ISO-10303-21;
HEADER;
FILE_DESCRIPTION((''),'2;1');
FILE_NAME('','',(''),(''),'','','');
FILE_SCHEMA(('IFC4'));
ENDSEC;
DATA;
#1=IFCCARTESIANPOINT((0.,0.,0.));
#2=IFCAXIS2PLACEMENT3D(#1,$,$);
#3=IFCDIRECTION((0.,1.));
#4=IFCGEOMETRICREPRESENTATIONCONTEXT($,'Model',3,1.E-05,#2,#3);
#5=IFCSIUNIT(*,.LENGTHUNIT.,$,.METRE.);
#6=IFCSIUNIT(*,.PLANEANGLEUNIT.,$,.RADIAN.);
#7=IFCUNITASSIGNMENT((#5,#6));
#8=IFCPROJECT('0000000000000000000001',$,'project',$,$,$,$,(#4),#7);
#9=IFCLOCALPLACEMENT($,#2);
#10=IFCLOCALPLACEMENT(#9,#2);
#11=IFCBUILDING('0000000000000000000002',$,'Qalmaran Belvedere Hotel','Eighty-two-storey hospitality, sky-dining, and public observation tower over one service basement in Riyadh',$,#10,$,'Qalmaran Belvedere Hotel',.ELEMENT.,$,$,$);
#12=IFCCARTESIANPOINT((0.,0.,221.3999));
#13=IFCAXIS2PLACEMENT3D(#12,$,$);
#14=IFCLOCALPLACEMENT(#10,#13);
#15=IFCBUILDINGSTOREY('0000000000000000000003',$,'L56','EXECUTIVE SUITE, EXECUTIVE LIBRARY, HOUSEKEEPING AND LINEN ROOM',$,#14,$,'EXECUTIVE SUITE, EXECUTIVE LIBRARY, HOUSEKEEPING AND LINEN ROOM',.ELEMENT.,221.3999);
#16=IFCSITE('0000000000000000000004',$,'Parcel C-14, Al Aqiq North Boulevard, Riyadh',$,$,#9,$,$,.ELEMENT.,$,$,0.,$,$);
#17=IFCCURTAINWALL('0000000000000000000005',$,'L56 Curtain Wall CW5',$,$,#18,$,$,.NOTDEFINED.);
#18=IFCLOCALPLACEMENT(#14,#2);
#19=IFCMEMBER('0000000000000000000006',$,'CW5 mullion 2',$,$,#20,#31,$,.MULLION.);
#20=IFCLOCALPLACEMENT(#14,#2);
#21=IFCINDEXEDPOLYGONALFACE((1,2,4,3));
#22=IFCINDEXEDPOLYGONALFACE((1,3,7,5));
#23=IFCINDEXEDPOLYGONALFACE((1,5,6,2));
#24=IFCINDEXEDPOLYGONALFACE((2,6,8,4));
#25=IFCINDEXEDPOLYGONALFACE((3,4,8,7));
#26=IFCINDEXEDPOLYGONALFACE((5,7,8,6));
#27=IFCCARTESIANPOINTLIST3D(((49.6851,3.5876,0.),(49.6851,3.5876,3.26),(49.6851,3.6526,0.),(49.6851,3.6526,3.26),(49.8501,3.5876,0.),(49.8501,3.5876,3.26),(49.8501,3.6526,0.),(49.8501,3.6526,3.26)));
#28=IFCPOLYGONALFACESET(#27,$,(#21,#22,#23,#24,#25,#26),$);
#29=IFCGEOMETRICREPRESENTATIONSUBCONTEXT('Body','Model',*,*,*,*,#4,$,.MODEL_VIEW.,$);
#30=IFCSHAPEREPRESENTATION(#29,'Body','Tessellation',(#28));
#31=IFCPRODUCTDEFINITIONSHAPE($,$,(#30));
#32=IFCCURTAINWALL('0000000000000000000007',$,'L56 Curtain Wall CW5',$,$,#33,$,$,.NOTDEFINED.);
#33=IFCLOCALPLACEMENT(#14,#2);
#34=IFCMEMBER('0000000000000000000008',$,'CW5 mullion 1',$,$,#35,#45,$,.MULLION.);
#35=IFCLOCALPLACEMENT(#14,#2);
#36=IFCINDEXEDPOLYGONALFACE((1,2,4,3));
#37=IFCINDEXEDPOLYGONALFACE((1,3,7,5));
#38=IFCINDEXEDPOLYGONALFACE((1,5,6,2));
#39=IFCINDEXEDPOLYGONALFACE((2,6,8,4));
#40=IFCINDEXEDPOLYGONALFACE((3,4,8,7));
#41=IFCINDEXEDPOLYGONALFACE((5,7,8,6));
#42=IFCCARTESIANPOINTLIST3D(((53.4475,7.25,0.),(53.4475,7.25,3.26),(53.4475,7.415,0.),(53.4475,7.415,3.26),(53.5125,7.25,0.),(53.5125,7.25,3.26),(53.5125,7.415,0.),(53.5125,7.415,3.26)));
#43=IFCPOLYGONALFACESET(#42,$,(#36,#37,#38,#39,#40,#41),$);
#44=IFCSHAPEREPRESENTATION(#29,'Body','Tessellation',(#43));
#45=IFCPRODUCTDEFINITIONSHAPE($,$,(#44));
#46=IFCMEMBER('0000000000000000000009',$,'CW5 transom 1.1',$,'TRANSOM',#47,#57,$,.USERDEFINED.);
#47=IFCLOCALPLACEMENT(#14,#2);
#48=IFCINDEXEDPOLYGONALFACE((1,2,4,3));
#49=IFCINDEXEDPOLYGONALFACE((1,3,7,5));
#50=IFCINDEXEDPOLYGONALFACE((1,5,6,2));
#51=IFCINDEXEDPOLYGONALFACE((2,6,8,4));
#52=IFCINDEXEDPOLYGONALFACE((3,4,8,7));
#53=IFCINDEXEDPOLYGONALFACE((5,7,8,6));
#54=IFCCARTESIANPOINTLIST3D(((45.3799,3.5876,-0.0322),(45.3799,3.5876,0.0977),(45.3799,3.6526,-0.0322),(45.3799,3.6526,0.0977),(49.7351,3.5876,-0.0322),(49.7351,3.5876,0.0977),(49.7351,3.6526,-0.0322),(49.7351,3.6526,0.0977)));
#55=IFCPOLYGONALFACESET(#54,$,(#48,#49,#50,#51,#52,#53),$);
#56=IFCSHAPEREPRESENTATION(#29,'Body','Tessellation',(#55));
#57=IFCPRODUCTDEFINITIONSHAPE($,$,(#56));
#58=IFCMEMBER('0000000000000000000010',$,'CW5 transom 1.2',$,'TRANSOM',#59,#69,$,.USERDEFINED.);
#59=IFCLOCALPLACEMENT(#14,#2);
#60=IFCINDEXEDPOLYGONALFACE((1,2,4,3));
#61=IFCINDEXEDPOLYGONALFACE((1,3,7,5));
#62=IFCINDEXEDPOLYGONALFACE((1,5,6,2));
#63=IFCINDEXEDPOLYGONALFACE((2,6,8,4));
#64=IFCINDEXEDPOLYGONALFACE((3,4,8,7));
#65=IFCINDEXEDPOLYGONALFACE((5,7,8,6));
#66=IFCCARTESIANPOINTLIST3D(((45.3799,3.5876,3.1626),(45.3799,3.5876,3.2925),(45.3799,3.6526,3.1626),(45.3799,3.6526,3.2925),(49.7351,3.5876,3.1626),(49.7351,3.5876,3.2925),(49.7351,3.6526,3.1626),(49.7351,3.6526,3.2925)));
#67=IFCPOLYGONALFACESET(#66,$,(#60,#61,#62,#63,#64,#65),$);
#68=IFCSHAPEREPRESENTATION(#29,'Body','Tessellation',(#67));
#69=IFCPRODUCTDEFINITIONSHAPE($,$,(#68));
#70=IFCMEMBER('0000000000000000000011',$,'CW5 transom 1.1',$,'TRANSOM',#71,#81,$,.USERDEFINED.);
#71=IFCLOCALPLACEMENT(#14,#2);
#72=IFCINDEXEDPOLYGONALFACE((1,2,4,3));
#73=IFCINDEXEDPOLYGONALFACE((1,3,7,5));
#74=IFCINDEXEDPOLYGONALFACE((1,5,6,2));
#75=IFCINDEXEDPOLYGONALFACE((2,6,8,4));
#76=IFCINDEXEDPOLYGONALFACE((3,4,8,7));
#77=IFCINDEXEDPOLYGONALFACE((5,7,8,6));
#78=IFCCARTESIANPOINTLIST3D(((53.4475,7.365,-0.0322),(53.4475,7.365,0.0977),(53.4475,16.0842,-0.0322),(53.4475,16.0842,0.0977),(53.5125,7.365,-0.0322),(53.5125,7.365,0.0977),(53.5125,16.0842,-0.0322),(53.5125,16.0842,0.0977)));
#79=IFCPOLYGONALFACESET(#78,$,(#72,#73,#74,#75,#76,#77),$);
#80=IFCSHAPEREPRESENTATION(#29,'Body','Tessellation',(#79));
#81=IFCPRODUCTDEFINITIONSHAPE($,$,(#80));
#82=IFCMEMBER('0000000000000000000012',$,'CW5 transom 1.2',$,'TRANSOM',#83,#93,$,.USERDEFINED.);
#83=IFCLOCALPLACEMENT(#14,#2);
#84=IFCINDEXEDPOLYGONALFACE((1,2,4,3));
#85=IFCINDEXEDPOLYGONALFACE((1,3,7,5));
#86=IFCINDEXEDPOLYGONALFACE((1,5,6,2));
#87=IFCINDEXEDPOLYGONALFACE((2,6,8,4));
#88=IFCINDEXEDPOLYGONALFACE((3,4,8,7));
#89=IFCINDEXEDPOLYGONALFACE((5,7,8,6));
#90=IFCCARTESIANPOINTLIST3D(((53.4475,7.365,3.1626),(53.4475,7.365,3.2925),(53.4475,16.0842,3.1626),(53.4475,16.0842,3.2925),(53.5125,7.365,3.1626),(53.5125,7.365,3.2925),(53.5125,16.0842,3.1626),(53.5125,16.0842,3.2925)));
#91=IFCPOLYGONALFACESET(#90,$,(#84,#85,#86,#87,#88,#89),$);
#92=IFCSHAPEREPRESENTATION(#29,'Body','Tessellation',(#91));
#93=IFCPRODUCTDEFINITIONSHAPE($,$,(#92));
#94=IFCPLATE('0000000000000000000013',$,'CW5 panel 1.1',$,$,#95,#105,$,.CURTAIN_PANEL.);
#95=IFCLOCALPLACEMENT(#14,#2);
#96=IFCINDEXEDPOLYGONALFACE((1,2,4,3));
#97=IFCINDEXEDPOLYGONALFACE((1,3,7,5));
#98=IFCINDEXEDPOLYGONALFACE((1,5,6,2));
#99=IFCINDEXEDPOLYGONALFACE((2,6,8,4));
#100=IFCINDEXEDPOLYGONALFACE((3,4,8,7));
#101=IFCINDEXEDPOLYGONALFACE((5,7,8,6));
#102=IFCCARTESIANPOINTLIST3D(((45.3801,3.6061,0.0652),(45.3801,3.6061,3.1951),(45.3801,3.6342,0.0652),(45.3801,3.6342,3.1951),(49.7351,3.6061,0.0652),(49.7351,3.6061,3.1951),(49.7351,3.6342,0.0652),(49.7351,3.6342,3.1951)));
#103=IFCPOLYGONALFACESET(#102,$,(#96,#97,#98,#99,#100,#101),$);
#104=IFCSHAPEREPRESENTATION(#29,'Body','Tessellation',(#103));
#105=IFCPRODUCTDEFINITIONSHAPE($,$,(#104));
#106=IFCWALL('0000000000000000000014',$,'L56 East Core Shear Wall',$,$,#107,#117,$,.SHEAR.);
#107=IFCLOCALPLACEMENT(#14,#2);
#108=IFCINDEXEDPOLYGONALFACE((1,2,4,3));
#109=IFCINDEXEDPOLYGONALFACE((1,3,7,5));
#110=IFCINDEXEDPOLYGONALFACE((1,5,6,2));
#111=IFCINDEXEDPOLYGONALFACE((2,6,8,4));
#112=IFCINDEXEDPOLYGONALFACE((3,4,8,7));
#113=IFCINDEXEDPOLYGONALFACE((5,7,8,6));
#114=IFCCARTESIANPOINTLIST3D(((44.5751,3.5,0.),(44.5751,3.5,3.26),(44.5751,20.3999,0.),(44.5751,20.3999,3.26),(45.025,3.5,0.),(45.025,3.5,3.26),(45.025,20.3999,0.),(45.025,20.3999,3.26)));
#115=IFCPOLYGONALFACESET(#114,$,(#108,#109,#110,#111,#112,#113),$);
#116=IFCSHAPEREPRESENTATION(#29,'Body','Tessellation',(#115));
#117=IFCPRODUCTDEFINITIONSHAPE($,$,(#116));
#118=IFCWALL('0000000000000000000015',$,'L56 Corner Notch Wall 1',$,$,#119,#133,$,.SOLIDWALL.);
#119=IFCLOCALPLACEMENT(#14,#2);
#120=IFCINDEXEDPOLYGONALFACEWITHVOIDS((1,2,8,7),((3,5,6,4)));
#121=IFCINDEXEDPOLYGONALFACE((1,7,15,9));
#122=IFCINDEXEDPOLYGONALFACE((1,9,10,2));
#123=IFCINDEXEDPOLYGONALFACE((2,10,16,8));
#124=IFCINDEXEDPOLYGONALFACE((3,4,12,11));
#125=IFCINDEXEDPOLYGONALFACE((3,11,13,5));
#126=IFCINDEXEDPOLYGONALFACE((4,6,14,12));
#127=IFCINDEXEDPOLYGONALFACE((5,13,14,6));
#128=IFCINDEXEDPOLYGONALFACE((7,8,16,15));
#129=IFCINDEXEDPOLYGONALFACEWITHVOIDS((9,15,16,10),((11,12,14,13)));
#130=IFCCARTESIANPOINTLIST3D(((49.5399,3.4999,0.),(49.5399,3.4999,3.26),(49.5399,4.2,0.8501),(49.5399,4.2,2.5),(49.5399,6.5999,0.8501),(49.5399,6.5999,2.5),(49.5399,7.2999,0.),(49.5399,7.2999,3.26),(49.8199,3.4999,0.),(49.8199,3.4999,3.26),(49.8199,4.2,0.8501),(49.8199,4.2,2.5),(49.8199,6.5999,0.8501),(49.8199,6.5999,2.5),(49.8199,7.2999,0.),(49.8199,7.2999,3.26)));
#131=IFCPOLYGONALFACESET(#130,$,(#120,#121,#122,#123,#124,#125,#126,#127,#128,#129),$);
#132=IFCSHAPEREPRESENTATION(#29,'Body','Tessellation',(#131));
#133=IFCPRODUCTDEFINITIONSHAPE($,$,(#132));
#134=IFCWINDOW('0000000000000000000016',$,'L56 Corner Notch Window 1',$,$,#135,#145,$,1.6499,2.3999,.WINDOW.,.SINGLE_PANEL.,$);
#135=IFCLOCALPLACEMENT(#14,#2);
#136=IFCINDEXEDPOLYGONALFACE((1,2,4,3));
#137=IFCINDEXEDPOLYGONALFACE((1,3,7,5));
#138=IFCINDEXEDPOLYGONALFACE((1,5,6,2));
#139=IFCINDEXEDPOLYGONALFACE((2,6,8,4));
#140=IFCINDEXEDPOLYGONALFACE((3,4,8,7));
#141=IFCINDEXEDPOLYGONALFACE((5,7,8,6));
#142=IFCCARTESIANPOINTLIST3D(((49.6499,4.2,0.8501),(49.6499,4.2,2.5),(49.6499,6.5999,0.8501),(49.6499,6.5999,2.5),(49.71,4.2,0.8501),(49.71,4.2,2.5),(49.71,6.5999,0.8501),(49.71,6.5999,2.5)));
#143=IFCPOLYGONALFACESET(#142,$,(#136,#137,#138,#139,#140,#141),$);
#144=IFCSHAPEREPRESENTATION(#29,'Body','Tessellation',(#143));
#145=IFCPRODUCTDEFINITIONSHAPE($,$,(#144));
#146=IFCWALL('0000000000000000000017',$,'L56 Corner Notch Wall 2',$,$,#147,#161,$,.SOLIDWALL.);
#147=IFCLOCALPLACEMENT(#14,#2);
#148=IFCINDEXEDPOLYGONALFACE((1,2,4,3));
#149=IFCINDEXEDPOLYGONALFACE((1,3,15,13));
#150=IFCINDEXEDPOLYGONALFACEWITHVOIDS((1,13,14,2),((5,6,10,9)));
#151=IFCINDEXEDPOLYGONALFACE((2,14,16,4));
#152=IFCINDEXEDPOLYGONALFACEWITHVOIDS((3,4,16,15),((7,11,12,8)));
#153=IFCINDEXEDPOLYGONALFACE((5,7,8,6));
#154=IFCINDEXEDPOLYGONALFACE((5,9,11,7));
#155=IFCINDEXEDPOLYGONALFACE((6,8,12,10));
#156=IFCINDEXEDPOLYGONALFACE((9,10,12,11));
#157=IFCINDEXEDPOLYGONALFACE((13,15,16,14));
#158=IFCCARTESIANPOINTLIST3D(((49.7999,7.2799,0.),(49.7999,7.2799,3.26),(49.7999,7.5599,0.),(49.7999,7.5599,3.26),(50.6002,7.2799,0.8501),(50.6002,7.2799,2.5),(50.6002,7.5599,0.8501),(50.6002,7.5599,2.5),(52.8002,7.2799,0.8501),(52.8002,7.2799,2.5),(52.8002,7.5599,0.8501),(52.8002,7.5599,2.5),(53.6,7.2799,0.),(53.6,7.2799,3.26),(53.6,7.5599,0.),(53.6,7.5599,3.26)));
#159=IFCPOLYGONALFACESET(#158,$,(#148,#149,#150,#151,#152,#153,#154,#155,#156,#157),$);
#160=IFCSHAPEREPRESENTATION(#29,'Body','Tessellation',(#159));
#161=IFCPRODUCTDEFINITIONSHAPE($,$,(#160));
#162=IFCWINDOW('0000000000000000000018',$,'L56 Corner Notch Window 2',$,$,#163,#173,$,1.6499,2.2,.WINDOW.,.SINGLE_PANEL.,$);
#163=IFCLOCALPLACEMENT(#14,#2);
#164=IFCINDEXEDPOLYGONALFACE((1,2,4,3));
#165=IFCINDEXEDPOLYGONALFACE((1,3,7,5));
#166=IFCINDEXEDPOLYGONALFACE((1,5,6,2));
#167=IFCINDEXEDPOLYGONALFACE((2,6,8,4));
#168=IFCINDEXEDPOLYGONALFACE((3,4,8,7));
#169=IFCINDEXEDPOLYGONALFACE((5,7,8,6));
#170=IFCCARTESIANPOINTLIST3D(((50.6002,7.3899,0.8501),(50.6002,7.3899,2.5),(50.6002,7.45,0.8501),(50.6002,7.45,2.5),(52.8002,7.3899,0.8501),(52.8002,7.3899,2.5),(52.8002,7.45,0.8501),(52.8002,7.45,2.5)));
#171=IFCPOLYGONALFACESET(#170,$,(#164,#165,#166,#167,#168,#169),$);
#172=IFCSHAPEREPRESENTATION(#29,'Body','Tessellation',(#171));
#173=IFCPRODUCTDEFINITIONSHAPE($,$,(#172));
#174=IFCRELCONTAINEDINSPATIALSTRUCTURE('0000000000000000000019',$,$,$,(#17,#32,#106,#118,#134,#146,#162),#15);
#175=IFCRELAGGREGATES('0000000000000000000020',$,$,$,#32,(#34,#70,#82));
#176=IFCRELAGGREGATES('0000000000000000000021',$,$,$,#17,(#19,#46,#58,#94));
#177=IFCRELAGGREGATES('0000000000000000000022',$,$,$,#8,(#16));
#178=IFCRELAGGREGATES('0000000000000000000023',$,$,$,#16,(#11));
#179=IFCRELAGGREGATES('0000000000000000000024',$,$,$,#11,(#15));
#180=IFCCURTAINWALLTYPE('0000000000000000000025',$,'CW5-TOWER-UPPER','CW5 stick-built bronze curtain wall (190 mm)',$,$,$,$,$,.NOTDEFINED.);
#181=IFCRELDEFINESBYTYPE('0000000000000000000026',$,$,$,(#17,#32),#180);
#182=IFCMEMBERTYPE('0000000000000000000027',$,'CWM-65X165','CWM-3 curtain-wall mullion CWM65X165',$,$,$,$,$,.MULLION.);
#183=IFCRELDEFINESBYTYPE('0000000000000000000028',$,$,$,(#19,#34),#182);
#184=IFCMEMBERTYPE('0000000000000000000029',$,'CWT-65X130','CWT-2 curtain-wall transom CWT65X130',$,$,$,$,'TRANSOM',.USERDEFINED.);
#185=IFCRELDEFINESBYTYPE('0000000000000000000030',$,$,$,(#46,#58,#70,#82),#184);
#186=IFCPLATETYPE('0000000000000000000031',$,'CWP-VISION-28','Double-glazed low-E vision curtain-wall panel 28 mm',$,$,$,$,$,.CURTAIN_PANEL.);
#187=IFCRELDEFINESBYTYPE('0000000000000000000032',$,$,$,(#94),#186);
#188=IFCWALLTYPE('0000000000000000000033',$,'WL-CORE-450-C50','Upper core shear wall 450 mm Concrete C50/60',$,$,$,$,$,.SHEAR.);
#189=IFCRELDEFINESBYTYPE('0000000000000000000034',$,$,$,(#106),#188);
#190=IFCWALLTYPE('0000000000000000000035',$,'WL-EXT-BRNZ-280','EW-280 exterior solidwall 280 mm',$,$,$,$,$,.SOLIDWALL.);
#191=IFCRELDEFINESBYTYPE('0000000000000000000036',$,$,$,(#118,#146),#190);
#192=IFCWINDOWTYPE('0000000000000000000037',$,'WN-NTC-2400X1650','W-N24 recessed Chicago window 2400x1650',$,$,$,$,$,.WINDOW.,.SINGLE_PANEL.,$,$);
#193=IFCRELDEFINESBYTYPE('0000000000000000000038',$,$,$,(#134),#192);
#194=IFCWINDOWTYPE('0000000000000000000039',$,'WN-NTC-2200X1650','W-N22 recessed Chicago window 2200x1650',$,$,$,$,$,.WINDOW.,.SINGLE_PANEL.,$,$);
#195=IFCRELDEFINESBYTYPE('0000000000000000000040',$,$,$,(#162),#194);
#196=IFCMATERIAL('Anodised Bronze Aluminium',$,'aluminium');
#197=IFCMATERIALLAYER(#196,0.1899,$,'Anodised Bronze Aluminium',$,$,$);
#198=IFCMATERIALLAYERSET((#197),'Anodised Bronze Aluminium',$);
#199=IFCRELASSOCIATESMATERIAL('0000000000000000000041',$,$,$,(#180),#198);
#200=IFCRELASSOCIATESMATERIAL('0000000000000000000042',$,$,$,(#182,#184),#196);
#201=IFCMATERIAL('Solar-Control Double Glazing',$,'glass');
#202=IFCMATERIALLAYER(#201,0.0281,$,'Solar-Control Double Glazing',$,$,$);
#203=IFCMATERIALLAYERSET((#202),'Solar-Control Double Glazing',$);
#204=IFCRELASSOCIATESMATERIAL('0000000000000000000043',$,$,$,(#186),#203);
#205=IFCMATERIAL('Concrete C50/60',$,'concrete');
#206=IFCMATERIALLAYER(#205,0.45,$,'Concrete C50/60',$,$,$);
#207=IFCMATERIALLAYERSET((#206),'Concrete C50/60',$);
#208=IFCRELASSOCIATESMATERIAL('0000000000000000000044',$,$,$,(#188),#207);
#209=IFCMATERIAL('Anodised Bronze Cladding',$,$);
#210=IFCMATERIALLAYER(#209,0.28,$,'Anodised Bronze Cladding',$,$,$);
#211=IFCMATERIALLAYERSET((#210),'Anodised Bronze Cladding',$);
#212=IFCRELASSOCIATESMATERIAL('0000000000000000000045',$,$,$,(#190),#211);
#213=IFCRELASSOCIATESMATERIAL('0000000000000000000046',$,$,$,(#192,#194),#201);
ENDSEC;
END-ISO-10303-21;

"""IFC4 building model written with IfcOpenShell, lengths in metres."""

from ifc_helpers import new_model, si_unit, direction, frame, frame_2d, origin, origin_2d, place, context, subcontext, project, spatial, rectangle, extrude, material, layer, layer_set, material_profile, profile_set, type_object, element, fill, aggregate, save


model = new_model("IFC4")

# Units and contexts
model_context = context("Model", 3, precision=1e-05, world=origin(), true_north=direction((0.0, 1.0)))
body_context = subcontext(model_context, "Body", "Model", "MODEL_VIEW")
ifc_project = project(units=[si_unit("LENGTHUNIT", "METRE"), si_unit("PLANEANGLEUNIT", "RADIAN")], contexts=[model_context])

# Site, building, storey
site_placement = place(None, origin())
site = spatial("IfcSite", under=ifc_project, at=site_placement, Name="Parcel C-14, Al Aqiq North Boulevard, Riyadh", CompositionType="ELEMENT", RefElevation=0.0)
building_placement = place(site_placement, origin())
building = spatial("IfcBuilding", under=site, at=building_placement, Name="Qalmaran Belvedere Hotel", Description="Eighty-two-storey hospitality, sky-dining, and public observation tower over one service basement in Riyadh", LongName="Qalmaran Belvedere Hotel", CompositionType="ELEMENT")
storey_placement = place(building_placement, frame((0.0, 0.0, 221.3999)))
storey = spatial("IfcBuildingStorey", under=building, at=storey_placement, Name="L56", Description="EXECUTIVE SUITE, EXECUTIVE LIBRARY, HOUSEKEEPING AND LINEN ROOM", LongName="EXECUTIVE SUITE, EXECUTIVE LIBRARY, HOUSEKEEPING AND LINEN ROOM", CompositionType="ELEMENT", Elevation=221.3999)

# Shared definitions
ifc_material_1 = material(Name="Concrete C50/60", Category="concrete")

# Curtain wall, member
ifc_material_2 = material(Name="Anodised Bronze Aluminium", Category="aluminium")
ifc_layer_1 = layer(ifc_material_2, 0.1899, Name="Anodised Bronze Aluminium")
ifc_layer_set_1 = layer_set([ifc_layer_1], Name="Anodised Bronze Aluminium")
curtain_wall_type = type_object("IfcCurtainWallType", Name="CW5-TOWER-UPPER", Description="CW5 stick-built bronze curtain wall (190 mm)", PredefinedType="NOTDEFINED", material=ifc_layer_set_1)
curtain_wall_1_placement = place(storey_placement, origin())
curtain_wall_1 = element("IfcCurtainWall", 1, at=curtain_wall_1_placement, inside=storey, type_object=curtain_wall_type, Name="L56 Curtain Wall CW5", PredefinedType="NOTDEFINED")
ifc_material_profile_1 = material_profile(ifc_material_2, rectangle(XDim=0.0649, YDim=0.165, at=origin_2d()), Name="CWM65X165")
ifc_profile_set_1 = profile_set([ifc_material_profile_1], Name="Anodised Bronze Aluminium")
member_type_1 = type_object("IfcMemberType", Name="CWM-65X165", Description="CWM-3 curtain-wall mullion CWM65X165", PredefinedType="MULLION", material=ifc_profile_set_1)
member_1_placement = place(storey_placement, frame((49.7676, 3.6201, 0.0), z_axis=(0.0, 0.0, 1.0), x_axis=(0.0, 1.0, 0.0)))
member_1 = element("IfcMember", 2, at=member_1_placement, type_object=member_type_1, Name="CW5 mullion 2", PredefinedType="MULLION", context=body_context, shape_type="SweptSolid", body=[
    extrude(rectangle(XDim=0.0649, YDim=0.165, at=origin_2d()), origin(), (0.0, 0.0, 1.0), 3.26),
])

# Curtain wall, member
curtain_wall_2_placement = place(storey_placement, origin())
curtain_wall_2 = element("IfcCurtainWall", 3, at=curtain_wall_2_placement, inside=storey, type_object=curtain_wall_type, Name="L56 Curtain Wall CW5", PredefinedType="NOTDEFINED")
member_2_placement = place(storey_placement, frame((53.48, 7.3325, 0.0), z_axis=(0.0, 0.0, 1.0), x_axis=(-1.0, 0.0, 0.0)))
member_2 = element("IfcMember", 4, at=member_2_placement, type_object=member_type_1, Name="CW5 mullion 1", PredefinedType="MULLION", context=body_context, shape_type="SweptSolid", body=[
    extrude(rectangle(XDim=0.0649, YDim=0.165, at=origin_2d()), origin(), (0.0, 0.0, 1.0), 3.26),
])

# Members
ifc_material_profile_2 = material_profile(ifc_material_2, rectangle(XDim=0.0649, YDim=0.1299, at=origin_2d()), Name="CWT65X130")
ifc_profile_set_2 = profile_set([ifc_material_profile_2], Name="Anodised Bronze Aluminium")
member_type_2 = type_object("IfcMemberType", Name="CWT-65X130", Description="CWT-2 curtain-wall transom CWT65X130", ElementType="TRANSOM", PredefinedType="USERDEFINED", material=ifc_profile_set_2)
member_3_placement = place(storey_placement, frame((45.3799, 3.6201, 0.0327), z_axis=(1.0, 0.0, 0.0), x_axis=(0.0, 1.0, 0.0)))
member_3 = element("IfcMember", 5, at=member_3_placement, type_object=member_type_2, Name="CW5 transom 1.1", ObjectType="TRANSOM", PredefinedType="USERDEFINED", context=body_context, shape_type="SweptSolid", body=[
    extrude(rectangle(XDim=0.0649, YDim=0.1299, at=origin_2d()), origin(), (0.0, 0.0, 1.0), 4.3552),
])
member_4_placement = place(storey_placement, frame((45.3799, 3.6201, 3.2275), z_axis=(1.0, 0.0, 0.0), x_axis=(0.0, 1.0, 0.0)))
member_4 = element("IfcMember", 6, at=member_4_placement, type_object=member_type_2, Name="CW5 transom 1.2", ObjectType="TRANSOM", PredefinedType="USERDEFINED", context=body_context, shape_type="SweptSolid", body=[
    extrude(rectangle(XDim=0.0649, YDim=0.1299, at=origin_2d()), origin(), (0.0, 0.0, 1.0), 4.3552),
])
member_5_placement = place(storey_placement, frame((53.48, 7.365, 0.0327), z_axis=(0.0, 1.0, 0.0), x_axis=(-1.0, 0.0, 0.0)))
member_5 = element("IfcMember", 7, at=member_5_placement, type_object=member_type_2, Name="CW5 transom 1.1", ObjectType="TRANSOM", PredefinedType="USERDEFINED", context=body_context, shape_type="SweptSolid", body=[
    extrude(rectangle(XDim=0.0649, YDim=0.1299, at=origin_2d()), origin(), (0.0, 0.0, 1.0), 8.7192),
])
member_6_placement = place(storey_placement, frame((53.48, 7.365, 3.2275), z_axis=(0.0, 1.0, 0.0), x_axis=(-1.0, 0.0, 0.0)))
member_6 = element("IfcMember", 8, at=member_6_placement, type_object=member_type_2, Name="CW5 transom 1.2", ObjectType="TRANSOM", PredefinedType="USERDEFINED", context=body_context, shape_type="SweptSolid", body=[
    extrude(rectangle(XDim=0.0649, YDim=0.1299, at=origin_2d()), origin(), (0.0, 0.0, 1.0), 8.7192),
])
aggregate(curtain_wall_2, [member_2, member_5, member_6])

# Plate
ifc_material_3 = material(Name="Solar-Control Double Glazing", Category="glass")
ifc_layer_2 = layer(ifc_material_3, 0.0281, Name="Solar-Control Double Glazing")
ifc_layer_set_2 = layer_set([ifc_layer_2], Name="Solar-Control Double Glazing")
plate_type = type_object("IfcPlateType", Name="CWP-VISION-28", Description="Double-glazed low-E vision curtain-wall panel 28 mm", PredefinedType="CURTAIN_PANEL", material=ifc_layer_set_2)
plate_placement = place(storey_placement, frame((47.5576, 3.6201, 0.0652), z_axis=(0.0, 0.0, 1.0), x_axis=(1.0, 0.0, 0.0)))
plate = element("IfcPlate", 9, at=plate_placement, type_object=plate_type, Name="CW5 panel 1.1", PredefinedType="CURTAIN_PANEL", context=body_context, shape_type="SweptSolid", body=[
    extrude(rectangle(XDim=4.355, YDim=0.0281, at=origin_2d()), origin(), (0.0, 0.0, 1.0), 3.1299),
])
aggregate(curtain_wall_1, [member_1, member_3, member_4, plate])

# Wall
ifc_layer_3 = layer(ifc_material_1, 0.45, Name="Concrete C50/60")
ifc_layer_set_3 = layer_set([ifc_layer_3], Name="Concrete C50/60")
wall_type_1 = type_object("IfcWallType", Name="WL-CORE-450-C50", Description="Upper core shear wall 450 mm Concrete C50/60", PredefinedType="SHEAR", material=ifc_layer_set_3)
wall_1_placement = place(storey_placement, frame((44.8, 3.5, 0.0), z_axis=(0.0, 0.0, 1.0), x_axis=(0.0, 1.0, 0.0)))
element("IfcWall", 10, at=wall_1_placement, inside=storey, type_object=wall_type_1, Name="L56 East Core Shear Wall", PredefinedType="SHEAR", context=body_context, shape_type="SweptSolid", body=[
    extrude(rectangle(XDim=16.8999, YDim=0.45, at=frame_2d((8.45, 0.0))), origin(), (0.0, 0.0, 1.0), 3.26),
])

# Walls, openings, windows
ifc_material_4 = material(Name="Anodised Bronze Cladding")
ifc_layer_4 = layer(ifc_material_4, 0.28, Name="Anodised Bronze Cladding")
ifc_layer_set_4 = layer_set([ifc_layer_4], Name="Anodised Bronze Cladding")
wall_type_2 = type_object("IfcWallType", Name="WL-EXT-BRNZ-280", Description="EW-280 exterior solidwall 280 mm", PredefinedType="SOLIDWALL", material=ifc_layer_set_4)
wall_2_placement = place(storey_placement, frame((49.6799, 3.5, 0.0), z_axis=(0.0, 0.0, 1.0), x_axis=(0.0, 1.0, 0.0)))
wall_2 = element("IfcWall", 11, at=wall_2_placement, inside=storey, type_object=wall_type_2, Name="L56 Corner Notch Wall 1", PredefinedType="SOLIDWALL", context=body_context, shape_type="SweptSolid", body=[
    extrude(rectangle(XDim=3.8, YDim=0.28, at=frame_2d((1.8999, 0.0))), origin(), (0.0, 0.0, 1.0), 3.26),
])
opening_1_placement = place(wall_2_placement, frame((0.7, 0.0, 0.8501)))
opening_1 = element("IfcOpeningElement", 12, at=opening_1_placement, cuts=wall_2, PredefinedType="OPENING", context=body_context, shape_type="SweptSolid", body=[
    extrude(rectangle(XDim=2.3999, YDim=1.6499, at=frame_2d((1.2, 0.825))), frame((0.0, 0.1499, 0.0), z_axis=(0.0, -1.0, 0.0), x_axis=(1.0, 0.0, 0.0)), (0.0, 0.0, 1.0), 0.3),
])
window_type_1 = type_object("IfcWindowType", Name="WN-NTC-2400X1650", Description="W-N24 recessed Chicago window 2400x1650", PartitioningType="SINGLE_PANEL", PredefinedType="WINDOW", material=ifc_material_3)
window_1_placement = place(opening_1_placement, origin())
window_1 = element("IfcWindow", 13, at=window_1_placement, inside=storey, type_object=window_type_1, Name="L56 Corner Notch Window 1", OverallHeight=1.6499, OverallWidth=2.3999, PartitioningType="SINGLE_PANEL", PredefinedType="WINDOW", context=body_context, shape_type="SweptSolid", body=[
    extrude(rectangle(XDim=2.3999, YDim=1.6499, at=frame_2d((1.2, 0.825))), frame((0.0, 0.03, 0.0), z_axis=(0.0, -1.0, 0.0), x_axis=(1.0, 0.0, 0.0)), (0.0, 0.0, 1.0), 0.0601),
])
fill(opening_1, window_1)
wall_3_placement = place(storey_placement, frame((49.8, 7.4199, 0.0), z_axis=(0.0, 0.0, 1.0), x_axis=(1.0, 0.0, 0.0)))
wall_3 = element("IfcWall", 14, at=wall_3_placement, inside=storey, type_object=wall_type_2, Name="L56 Corner Notch Wall 2", PredefinedType="SOLIDWALL", context=body_context, shape_type="SweptSolid", body=[
    extrude(rectangle(XDim=3.8, YDim=0.28, at=frame_2d((1.8999, 0.0))), origin(), (0.0, 0.0, 1.0), 3.26),
])
opening_2_placement = place(wall_3_placement, frame((0.8, 0.0, 0.8501)))
opening_2 = element("IfcOpeningElement", 15, at=opening_2_placement, cuts=wall_3, PredefinedType="OPENING", context=body_context, shape_type="SweptSolid", body=[
    extrude(rectangle(XDim=2.2, YDim=1.6499, at=frame_2d((1.1001, 0.825))), frame((0.0, 0.1499, 0.0), z_axis=(0.0, -1.0, 0.0), x_axis=(1.0, 0.0, 0.0)), (0.0, 0.0, 1.0), 0.3),
])
window_type_2 = type_object("IfcWindowType", Name="WN-NTC-2200X1650", Description="W-N22 recessed Chicago window 2200x1650", PartitioningType="SINGLE_PANEL", PredefinedType="WINDOW", material=ifc_material_3)
window_2_placement = place(opening_2_placement, origin())
window_2 = element("IfcWindow", 16, at=window_2_placement, inside=storey, type_object=window_type_2, Name="L56 Corner Notch Window 2", OverallHeight=1.6499, OverallWidth=2.2, PartitioningType="SINGLE_PANEL", PredefinedType="WINDOW", context=body_context, shape_type="SweptSolid", body=[
    extrude(rectangle(XDim=2.2, YDim=1.6499, at=frame_2d((1.1001, 0.825))), frame((0.0, 0.03, 0.0), z_axis=(0.0, -1.0, 0.0), x_axis=(1.0, 0.0, 0.0)), (0.0, 0.0, 1.0), 0.0601),
])
fill(opening_2, window_2)

save(model, "model.ifc")
